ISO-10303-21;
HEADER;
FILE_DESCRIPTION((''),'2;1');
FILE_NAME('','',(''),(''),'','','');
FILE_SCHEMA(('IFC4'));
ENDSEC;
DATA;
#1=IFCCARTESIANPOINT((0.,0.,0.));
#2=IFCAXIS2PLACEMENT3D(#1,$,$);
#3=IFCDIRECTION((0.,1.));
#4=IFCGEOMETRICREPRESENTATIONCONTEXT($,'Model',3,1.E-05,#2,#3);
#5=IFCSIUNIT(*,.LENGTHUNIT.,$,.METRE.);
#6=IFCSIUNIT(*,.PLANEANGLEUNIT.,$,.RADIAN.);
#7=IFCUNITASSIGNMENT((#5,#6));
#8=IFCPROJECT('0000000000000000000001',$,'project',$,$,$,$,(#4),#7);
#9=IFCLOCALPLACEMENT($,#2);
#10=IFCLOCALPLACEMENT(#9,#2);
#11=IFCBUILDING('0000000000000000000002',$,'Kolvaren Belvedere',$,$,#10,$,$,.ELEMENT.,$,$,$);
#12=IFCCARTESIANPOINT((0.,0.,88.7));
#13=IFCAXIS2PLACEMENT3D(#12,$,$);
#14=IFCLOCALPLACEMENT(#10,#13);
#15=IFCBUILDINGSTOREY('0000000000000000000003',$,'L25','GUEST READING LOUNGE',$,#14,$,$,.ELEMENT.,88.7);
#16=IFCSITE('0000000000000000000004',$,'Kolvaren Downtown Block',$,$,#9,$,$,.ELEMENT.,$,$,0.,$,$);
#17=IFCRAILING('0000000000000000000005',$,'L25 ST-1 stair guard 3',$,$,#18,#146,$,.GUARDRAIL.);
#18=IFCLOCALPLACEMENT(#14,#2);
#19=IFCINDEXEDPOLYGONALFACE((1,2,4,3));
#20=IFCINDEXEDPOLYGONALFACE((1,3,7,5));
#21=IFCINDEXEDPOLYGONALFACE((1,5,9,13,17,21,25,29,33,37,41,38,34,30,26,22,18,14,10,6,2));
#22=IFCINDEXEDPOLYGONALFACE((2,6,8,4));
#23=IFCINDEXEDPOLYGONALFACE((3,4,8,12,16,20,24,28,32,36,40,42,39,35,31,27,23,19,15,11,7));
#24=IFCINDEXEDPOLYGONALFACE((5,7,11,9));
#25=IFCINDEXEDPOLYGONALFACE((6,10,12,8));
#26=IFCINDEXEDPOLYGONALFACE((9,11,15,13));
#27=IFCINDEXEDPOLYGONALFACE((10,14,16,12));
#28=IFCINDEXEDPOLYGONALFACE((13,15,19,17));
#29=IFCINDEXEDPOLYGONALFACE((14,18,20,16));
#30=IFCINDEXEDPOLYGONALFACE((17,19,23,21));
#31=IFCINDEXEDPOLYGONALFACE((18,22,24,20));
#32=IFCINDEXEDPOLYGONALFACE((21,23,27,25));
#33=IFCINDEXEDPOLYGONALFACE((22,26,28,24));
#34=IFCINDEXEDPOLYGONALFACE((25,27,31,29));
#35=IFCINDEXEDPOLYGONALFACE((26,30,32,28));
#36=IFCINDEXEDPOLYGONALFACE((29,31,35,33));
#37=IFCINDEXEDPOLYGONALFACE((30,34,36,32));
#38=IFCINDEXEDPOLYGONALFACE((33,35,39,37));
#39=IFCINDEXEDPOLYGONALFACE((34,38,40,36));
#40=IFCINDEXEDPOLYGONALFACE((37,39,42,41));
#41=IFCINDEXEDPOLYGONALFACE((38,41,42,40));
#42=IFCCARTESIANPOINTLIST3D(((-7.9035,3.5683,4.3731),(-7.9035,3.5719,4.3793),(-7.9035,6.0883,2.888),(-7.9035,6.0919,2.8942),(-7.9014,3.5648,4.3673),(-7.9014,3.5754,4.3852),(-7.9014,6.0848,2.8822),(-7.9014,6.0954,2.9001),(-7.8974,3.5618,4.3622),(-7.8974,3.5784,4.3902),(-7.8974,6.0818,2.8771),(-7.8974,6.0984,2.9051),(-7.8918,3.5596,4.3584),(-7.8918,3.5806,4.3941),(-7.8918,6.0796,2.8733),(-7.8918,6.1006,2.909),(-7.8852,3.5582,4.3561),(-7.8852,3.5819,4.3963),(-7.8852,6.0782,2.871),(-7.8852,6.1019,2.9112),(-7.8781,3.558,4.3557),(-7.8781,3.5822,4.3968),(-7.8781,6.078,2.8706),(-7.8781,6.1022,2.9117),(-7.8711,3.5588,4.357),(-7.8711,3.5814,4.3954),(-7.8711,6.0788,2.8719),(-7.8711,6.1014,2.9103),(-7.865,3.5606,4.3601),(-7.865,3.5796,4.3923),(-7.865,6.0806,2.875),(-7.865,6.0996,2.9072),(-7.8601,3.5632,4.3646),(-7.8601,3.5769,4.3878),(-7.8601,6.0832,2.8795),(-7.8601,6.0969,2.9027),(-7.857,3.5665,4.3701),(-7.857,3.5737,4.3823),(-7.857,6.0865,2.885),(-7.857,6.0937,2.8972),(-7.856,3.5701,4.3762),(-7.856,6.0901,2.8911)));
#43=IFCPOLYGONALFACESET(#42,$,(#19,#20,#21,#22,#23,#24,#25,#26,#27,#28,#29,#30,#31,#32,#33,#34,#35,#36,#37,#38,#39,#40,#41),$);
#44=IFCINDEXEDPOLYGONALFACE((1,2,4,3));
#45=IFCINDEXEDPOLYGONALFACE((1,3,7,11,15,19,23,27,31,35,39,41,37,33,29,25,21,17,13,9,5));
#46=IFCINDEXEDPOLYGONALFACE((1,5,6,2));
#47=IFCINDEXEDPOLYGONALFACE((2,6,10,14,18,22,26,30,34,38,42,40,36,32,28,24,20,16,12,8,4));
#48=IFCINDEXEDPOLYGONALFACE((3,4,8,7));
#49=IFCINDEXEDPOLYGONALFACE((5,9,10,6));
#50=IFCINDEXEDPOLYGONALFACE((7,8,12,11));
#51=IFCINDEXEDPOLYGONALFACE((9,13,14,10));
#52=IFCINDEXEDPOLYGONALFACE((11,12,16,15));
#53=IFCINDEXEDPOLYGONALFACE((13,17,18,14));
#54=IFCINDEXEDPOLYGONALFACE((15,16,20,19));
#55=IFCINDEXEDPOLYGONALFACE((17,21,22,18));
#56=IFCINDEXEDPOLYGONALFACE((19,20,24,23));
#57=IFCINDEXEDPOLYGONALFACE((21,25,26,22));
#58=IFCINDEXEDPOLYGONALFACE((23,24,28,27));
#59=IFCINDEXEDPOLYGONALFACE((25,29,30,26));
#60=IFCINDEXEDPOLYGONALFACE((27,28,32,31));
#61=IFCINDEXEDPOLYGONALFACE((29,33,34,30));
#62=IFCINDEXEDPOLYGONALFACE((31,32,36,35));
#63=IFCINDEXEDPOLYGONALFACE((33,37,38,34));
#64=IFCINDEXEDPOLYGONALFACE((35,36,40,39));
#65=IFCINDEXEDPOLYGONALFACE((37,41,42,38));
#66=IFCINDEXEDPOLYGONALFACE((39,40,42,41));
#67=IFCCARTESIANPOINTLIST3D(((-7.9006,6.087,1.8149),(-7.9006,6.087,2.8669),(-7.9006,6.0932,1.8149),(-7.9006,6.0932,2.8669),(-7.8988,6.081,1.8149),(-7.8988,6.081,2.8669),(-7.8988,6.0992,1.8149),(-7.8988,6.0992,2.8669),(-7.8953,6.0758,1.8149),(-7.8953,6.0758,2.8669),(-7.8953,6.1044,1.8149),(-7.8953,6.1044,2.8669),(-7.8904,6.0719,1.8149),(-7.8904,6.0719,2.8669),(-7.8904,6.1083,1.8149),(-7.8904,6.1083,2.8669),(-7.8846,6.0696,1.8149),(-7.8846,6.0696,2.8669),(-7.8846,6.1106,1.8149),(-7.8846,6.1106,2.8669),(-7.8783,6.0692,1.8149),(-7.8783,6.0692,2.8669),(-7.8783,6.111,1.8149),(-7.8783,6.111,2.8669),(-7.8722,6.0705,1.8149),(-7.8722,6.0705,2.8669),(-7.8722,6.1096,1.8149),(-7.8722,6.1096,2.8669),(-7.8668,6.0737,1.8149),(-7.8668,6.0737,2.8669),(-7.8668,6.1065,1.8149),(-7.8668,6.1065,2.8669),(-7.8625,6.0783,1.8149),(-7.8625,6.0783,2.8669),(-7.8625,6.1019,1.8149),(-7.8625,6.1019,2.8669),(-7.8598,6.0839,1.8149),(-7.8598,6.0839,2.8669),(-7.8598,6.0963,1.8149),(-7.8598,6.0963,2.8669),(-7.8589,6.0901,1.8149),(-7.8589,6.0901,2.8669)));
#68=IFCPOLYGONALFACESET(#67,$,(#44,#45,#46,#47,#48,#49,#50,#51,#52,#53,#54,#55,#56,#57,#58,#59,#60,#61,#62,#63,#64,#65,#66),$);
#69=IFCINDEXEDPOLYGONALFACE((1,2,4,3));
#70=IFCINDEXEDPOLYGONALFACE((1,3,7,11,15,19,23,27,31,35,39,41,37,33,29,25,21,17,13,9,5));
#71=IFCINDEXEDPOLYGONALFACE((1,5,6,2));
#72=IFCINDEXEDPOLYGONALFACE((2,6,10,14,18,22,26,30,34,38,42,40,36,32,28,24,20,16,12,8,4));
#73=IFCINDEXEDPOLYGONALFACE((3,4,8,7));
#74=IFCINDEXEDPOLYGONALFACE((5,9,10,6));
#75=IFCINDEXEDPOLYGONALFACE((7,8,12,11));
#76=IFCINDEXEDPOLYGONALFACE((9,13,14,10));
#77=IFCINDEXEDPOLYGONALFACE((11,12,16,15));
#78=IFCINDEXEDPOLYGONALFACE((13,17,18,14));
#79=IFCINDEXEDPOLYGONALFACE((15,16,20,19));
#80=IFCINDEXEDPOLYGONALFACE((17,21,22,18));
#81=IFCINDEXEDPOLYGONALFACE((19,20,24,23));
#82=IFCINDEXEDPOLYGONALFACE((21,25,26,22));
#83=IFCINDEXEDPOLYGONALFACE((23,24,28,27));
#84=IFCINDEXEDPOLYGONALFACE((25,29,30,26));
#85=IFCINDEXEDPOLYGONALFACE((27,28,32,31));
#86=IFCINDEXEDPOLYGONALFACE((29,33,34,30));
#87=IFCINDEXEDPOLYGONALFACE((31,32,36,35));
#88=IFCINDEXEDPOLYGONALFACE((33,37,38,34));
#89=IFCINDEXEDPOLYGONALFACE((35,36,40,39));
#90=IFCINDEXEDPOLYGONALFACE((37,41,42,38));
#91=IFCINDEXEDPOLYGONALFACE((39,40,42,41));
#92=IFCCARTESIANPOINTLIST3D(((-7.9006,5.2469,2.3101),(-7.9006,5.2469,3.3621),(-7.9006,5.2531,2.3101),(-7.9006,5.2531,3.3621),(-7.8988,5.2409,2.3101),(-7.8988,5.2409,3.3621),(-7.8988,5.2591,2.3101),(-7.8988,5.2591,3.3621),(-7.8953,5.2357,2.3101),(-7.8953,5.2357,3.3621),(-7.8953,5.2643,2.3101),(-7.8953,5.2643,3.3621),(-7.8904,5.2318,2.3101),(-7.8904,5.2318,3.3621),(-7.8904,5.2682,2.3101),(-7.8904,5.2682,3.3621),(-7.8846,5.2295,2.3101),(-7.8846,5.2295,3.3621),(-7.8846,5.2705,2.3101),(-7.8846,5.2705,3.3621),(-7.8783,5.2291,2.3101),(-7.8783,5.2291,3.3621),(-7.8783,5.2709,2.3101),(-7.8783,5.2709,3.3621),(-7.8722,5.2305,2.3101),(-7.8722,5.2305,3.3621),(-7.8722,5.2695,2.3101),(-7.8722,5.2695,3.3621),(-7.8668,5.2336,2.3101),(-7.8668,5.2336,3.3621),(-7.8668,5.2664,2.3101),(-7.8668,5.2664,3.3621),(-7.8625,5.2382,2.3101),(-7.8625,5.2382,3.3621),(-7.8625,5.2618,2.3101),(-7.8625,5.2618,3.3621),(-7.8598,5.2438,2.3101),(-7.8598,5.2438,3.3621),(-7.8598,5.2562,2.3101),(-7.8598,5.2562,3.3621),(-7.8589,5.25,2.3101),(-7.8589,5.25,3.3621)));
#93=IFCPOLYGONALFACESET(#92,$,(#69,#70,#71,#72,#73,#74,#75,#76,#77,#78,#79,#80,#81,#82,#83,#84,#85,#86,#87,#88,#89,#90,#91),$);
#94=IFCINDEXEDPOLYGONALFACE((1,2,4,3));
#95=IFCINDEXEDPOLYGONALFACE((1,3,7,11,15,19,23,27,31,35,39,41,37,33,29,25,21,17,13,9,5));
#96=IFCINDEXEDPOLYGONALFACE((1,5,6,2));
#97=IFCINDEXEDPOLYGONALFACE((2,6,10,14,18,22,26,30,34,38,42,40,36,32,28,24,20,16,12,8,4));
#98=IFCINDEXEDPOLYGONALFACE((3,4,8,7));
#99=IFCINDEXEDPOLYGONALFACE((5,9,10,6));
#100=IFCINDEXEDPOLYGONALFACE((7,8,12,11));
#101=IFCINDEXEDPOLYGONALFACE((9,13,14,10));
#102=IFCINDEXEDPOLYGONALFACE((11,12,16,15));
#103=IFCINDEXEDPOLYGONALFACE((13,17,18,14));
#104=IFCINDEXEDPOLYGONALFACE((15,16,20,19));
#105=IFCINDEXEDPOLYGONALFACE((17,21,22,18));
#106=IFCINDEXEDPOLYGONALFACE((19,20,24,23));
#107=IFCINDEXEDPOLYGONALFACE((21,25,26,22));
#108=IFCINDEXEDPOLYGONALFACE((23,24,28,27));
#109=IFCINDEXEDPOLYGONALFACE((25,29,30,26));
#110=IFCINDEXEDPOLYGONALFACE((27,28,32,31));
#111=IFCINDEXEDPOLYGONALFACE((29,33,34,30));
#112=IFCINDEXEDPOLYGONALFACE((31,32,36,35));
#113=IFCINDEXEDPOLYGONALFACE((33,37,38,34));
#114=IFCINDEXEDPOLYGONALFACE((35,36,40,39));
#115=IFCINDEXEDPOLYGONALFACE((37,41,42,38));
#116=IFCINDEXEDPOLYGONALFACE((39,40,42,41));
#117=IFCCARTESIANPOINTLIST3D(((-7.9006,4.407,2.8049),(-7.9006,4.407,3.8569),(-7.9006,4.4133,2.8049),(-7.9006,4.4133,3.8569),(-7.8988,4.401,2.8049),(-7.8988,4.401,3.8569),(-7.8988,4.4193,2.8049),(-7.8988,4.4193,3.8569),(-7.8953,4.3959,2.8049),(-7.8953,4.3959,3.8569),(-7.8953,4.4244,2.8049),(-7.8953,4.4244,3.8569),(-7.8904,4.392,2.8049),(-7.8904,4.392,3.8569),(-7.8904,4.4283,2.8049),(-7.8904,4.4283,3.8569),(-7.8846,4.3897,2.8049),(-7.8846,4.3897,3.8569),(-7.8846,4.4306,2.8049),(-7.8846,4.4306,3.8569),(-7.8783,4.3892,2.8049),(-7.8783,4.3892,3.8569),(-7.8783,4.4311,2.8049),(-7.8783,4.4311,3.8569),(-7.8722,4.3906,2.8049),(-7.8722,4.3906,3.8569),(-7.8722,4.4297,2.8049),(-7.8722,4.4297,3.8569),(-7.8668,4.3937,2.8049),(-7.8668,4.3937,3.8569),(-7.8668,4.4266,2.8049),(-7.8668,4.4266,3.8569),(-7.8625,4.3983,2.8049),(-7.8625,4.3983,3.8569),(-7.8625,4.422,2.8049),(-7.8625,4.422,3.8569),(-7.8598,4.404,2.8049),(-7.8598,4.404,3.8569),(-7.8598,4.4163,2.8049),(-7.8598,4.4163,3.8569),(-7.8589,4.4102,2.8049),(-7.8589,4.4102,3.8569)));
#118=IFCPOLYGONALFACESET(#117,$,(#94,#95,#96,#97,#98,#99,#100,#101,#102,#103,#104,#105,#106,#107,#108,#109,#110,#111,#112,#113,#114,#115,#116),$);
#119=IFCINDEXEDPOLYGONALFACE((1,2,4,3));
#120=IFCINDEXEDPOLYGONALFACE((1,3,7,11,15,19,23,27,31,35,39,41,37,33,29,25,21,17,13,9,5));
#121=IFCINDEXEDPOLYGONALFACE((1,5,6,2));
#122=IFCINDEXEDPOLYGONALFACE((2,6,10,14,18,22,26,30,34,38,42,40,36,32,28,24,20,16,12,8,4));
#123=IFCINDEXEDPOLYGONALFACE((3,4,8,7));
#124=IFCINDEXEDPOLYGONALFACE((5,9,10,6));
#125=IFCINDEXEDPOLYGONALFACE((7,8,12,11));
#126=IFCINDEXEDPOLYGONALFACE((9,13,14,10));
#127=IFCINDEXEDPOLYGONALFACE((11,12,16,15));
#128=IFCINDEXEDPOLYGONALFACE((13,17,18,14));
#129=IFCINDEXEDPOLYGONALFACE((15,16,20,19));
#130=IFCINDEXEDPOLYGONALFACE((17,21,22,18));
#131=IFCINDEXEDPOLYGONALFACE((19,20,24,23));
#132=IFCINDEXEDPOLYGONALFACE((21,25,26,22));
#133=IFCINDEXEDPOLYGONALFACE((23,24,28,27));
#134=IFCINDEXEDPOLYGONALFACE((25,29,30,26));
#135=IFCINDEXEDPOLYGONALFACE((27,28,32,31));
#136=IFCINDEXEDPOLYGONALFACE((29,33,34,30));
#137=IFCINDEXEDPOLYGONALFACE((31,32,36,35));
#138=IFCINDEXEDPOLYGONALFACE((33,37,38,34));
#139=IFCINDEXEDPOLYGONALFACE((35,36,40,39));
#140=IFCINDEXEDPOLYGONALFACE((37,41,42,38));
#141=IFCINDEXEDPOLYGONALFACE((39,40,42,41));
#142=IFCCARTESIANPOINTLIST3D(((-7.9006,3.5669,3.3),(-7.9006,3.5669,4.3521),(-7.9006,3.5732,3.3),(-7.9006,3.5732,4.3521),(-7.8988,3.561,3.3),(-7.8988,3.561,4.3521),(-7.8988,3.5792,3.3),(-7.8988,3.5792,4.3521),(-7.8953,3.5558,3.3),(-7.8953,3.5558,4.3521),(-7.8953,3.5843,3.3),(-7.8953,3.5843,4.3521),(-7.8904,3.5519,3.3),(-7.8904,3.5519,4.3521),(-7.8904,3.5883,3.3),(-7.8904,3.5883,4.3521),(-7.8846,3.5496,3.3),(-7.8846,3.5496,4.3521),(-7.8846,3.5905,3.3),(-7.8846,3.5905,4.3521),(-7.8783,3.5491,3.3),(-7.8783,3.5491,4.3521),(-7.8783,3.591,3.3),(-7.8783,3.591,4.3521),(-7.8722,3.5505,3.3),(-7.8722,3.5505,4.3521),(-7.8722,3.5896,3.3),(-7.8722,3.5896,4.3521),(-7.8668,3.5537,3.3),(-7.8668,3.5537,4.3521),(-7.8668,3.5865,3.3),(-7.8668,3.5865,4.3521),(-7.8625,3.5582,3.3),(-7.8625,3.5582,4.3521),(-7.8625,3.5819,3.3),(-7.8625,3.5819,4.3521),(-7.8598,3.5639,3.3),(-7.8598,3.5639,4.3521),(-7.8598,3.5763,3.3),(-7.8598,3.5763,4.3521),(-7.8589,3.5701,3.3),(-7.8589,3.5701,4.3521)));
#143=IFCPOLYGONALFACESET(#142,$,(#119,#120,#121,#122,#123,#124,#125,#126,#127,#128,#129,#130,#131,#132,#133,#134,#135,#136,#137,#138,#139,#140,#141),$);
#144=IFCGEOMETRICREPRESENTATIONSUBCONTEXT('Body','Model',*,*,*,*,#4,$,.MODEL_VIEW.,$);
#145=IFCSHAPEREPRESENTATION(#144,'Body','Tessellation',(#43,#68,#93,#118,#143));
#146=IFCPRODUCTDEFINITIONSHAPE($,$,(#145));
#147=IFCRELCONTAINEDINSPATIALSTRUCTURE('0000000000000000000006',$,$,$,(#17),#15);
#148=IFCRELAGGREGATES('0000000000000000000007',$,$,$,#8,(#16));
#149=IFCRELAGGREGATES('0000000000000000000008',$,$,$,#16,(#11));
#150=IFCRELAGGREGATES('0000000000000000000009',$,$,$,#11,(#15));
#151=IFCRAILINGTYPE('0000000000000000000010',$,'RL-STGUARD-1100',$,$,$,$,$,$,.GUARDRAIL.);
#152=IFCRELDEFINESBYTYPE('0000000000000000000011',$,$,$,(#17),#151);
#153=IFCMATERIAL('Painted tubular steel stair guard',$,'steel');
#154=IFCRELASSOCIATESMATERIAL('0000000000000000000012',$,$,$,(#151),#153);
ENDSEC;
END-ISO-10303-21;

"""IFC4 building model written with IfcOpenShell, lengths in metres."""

from ifc_helpers import new_model, si_unit, direction, frame, origin, origin_2d, place, context, subcontext, project, spatial, circle, extrude, material, type_object, element, save


model = new_model("IFC4")

# Units and contexts
model_context = context("Model", 3, precision=1e-05, world=origin(), true_north=direction((0.0, 1.0)))
body_context = subcontext(model_context, "Body", "Model", "MODEL_VIEW")
ifc_project = project(units=[si_unit("LENGTHUNIT", "METRE"), si_unit("PLANEANGLEUNIT", "RADIAN")], contexts=[model_context])

# Site, building, storey
site_placement = place(None, origin())
site = spatial("IfcSite", under=ifc_project, at=site_placement, Name="Kolvaren Downtown Block", CompositionType="ELEMENT", RefElevation=0.0)
building_placement = place(site_placement, origin())
building = spatial("IfcBuilding", under=site, at=building_placement, Name="Kolvaren Belvedere", CompositionType="ELEMENT")
storey_placement = place(building_placement, frame((0.0, 0.0, 88.7)))
storey = spatial("IfcBuildingStorey", under=building, at=storey_placement, Name="L25", Description="GUEST READING LOUNGE", CompositionType="ELEMENT", Elevation=88.7)

# Railing
ifc_material_1 = material(Name="Painted tubular steel stair guard", Category="steel")
railing_type_1 = type_object("IfcRailingType", Name="RL-STGUARD-1100", PredefinedType="GUARDRAIL", material=ifc_material_1)
railing_1_placement = place(storey_placement, frame((-7.8799, 6.0901, 1.8149)))
element("IfcRailing", 1, at=railing_1_placement, inside=storey, type_object=railing_type_1, Name="L25 ST-1 stair guard 3", PredefinedType="GUARDRAIL", context=body_context, shape_type="SweptSolid", body=[
    extrude(circle(Radius=0.0239, at=origin_2d()), frame((0.0, 0.0, 1.0762), z_axis=(0.0, -0.861524, 0.507717), x_axis=(1.0, 0.0, 0.0)), (0.0, 0.0, 1.0), 2.925),
    extrude(circle(Radius=0.021, at=origin_2d()), origin(), (0.0, 0.0, 1.0), 1.052),
    extrude(circle(Radius=0.021, at=origin_2d()), frame((0.0, -0.8401, 0.4951)), (0.0, 0.0, 1.0), 1.052),
    extrude(circle(Radius=0.021, at=origin_2d()), frame((0.0, -1.6799, 0.99)), (0.0, 0.0, 1.0), 1.052),
    extrude(circle(Radius=0.021, at=origin_2d()), frame((0.0, -2.52, 1.4851)), (0.0, 0.0, 1.0), 1.052),
])

save(model, "model.ifc")
